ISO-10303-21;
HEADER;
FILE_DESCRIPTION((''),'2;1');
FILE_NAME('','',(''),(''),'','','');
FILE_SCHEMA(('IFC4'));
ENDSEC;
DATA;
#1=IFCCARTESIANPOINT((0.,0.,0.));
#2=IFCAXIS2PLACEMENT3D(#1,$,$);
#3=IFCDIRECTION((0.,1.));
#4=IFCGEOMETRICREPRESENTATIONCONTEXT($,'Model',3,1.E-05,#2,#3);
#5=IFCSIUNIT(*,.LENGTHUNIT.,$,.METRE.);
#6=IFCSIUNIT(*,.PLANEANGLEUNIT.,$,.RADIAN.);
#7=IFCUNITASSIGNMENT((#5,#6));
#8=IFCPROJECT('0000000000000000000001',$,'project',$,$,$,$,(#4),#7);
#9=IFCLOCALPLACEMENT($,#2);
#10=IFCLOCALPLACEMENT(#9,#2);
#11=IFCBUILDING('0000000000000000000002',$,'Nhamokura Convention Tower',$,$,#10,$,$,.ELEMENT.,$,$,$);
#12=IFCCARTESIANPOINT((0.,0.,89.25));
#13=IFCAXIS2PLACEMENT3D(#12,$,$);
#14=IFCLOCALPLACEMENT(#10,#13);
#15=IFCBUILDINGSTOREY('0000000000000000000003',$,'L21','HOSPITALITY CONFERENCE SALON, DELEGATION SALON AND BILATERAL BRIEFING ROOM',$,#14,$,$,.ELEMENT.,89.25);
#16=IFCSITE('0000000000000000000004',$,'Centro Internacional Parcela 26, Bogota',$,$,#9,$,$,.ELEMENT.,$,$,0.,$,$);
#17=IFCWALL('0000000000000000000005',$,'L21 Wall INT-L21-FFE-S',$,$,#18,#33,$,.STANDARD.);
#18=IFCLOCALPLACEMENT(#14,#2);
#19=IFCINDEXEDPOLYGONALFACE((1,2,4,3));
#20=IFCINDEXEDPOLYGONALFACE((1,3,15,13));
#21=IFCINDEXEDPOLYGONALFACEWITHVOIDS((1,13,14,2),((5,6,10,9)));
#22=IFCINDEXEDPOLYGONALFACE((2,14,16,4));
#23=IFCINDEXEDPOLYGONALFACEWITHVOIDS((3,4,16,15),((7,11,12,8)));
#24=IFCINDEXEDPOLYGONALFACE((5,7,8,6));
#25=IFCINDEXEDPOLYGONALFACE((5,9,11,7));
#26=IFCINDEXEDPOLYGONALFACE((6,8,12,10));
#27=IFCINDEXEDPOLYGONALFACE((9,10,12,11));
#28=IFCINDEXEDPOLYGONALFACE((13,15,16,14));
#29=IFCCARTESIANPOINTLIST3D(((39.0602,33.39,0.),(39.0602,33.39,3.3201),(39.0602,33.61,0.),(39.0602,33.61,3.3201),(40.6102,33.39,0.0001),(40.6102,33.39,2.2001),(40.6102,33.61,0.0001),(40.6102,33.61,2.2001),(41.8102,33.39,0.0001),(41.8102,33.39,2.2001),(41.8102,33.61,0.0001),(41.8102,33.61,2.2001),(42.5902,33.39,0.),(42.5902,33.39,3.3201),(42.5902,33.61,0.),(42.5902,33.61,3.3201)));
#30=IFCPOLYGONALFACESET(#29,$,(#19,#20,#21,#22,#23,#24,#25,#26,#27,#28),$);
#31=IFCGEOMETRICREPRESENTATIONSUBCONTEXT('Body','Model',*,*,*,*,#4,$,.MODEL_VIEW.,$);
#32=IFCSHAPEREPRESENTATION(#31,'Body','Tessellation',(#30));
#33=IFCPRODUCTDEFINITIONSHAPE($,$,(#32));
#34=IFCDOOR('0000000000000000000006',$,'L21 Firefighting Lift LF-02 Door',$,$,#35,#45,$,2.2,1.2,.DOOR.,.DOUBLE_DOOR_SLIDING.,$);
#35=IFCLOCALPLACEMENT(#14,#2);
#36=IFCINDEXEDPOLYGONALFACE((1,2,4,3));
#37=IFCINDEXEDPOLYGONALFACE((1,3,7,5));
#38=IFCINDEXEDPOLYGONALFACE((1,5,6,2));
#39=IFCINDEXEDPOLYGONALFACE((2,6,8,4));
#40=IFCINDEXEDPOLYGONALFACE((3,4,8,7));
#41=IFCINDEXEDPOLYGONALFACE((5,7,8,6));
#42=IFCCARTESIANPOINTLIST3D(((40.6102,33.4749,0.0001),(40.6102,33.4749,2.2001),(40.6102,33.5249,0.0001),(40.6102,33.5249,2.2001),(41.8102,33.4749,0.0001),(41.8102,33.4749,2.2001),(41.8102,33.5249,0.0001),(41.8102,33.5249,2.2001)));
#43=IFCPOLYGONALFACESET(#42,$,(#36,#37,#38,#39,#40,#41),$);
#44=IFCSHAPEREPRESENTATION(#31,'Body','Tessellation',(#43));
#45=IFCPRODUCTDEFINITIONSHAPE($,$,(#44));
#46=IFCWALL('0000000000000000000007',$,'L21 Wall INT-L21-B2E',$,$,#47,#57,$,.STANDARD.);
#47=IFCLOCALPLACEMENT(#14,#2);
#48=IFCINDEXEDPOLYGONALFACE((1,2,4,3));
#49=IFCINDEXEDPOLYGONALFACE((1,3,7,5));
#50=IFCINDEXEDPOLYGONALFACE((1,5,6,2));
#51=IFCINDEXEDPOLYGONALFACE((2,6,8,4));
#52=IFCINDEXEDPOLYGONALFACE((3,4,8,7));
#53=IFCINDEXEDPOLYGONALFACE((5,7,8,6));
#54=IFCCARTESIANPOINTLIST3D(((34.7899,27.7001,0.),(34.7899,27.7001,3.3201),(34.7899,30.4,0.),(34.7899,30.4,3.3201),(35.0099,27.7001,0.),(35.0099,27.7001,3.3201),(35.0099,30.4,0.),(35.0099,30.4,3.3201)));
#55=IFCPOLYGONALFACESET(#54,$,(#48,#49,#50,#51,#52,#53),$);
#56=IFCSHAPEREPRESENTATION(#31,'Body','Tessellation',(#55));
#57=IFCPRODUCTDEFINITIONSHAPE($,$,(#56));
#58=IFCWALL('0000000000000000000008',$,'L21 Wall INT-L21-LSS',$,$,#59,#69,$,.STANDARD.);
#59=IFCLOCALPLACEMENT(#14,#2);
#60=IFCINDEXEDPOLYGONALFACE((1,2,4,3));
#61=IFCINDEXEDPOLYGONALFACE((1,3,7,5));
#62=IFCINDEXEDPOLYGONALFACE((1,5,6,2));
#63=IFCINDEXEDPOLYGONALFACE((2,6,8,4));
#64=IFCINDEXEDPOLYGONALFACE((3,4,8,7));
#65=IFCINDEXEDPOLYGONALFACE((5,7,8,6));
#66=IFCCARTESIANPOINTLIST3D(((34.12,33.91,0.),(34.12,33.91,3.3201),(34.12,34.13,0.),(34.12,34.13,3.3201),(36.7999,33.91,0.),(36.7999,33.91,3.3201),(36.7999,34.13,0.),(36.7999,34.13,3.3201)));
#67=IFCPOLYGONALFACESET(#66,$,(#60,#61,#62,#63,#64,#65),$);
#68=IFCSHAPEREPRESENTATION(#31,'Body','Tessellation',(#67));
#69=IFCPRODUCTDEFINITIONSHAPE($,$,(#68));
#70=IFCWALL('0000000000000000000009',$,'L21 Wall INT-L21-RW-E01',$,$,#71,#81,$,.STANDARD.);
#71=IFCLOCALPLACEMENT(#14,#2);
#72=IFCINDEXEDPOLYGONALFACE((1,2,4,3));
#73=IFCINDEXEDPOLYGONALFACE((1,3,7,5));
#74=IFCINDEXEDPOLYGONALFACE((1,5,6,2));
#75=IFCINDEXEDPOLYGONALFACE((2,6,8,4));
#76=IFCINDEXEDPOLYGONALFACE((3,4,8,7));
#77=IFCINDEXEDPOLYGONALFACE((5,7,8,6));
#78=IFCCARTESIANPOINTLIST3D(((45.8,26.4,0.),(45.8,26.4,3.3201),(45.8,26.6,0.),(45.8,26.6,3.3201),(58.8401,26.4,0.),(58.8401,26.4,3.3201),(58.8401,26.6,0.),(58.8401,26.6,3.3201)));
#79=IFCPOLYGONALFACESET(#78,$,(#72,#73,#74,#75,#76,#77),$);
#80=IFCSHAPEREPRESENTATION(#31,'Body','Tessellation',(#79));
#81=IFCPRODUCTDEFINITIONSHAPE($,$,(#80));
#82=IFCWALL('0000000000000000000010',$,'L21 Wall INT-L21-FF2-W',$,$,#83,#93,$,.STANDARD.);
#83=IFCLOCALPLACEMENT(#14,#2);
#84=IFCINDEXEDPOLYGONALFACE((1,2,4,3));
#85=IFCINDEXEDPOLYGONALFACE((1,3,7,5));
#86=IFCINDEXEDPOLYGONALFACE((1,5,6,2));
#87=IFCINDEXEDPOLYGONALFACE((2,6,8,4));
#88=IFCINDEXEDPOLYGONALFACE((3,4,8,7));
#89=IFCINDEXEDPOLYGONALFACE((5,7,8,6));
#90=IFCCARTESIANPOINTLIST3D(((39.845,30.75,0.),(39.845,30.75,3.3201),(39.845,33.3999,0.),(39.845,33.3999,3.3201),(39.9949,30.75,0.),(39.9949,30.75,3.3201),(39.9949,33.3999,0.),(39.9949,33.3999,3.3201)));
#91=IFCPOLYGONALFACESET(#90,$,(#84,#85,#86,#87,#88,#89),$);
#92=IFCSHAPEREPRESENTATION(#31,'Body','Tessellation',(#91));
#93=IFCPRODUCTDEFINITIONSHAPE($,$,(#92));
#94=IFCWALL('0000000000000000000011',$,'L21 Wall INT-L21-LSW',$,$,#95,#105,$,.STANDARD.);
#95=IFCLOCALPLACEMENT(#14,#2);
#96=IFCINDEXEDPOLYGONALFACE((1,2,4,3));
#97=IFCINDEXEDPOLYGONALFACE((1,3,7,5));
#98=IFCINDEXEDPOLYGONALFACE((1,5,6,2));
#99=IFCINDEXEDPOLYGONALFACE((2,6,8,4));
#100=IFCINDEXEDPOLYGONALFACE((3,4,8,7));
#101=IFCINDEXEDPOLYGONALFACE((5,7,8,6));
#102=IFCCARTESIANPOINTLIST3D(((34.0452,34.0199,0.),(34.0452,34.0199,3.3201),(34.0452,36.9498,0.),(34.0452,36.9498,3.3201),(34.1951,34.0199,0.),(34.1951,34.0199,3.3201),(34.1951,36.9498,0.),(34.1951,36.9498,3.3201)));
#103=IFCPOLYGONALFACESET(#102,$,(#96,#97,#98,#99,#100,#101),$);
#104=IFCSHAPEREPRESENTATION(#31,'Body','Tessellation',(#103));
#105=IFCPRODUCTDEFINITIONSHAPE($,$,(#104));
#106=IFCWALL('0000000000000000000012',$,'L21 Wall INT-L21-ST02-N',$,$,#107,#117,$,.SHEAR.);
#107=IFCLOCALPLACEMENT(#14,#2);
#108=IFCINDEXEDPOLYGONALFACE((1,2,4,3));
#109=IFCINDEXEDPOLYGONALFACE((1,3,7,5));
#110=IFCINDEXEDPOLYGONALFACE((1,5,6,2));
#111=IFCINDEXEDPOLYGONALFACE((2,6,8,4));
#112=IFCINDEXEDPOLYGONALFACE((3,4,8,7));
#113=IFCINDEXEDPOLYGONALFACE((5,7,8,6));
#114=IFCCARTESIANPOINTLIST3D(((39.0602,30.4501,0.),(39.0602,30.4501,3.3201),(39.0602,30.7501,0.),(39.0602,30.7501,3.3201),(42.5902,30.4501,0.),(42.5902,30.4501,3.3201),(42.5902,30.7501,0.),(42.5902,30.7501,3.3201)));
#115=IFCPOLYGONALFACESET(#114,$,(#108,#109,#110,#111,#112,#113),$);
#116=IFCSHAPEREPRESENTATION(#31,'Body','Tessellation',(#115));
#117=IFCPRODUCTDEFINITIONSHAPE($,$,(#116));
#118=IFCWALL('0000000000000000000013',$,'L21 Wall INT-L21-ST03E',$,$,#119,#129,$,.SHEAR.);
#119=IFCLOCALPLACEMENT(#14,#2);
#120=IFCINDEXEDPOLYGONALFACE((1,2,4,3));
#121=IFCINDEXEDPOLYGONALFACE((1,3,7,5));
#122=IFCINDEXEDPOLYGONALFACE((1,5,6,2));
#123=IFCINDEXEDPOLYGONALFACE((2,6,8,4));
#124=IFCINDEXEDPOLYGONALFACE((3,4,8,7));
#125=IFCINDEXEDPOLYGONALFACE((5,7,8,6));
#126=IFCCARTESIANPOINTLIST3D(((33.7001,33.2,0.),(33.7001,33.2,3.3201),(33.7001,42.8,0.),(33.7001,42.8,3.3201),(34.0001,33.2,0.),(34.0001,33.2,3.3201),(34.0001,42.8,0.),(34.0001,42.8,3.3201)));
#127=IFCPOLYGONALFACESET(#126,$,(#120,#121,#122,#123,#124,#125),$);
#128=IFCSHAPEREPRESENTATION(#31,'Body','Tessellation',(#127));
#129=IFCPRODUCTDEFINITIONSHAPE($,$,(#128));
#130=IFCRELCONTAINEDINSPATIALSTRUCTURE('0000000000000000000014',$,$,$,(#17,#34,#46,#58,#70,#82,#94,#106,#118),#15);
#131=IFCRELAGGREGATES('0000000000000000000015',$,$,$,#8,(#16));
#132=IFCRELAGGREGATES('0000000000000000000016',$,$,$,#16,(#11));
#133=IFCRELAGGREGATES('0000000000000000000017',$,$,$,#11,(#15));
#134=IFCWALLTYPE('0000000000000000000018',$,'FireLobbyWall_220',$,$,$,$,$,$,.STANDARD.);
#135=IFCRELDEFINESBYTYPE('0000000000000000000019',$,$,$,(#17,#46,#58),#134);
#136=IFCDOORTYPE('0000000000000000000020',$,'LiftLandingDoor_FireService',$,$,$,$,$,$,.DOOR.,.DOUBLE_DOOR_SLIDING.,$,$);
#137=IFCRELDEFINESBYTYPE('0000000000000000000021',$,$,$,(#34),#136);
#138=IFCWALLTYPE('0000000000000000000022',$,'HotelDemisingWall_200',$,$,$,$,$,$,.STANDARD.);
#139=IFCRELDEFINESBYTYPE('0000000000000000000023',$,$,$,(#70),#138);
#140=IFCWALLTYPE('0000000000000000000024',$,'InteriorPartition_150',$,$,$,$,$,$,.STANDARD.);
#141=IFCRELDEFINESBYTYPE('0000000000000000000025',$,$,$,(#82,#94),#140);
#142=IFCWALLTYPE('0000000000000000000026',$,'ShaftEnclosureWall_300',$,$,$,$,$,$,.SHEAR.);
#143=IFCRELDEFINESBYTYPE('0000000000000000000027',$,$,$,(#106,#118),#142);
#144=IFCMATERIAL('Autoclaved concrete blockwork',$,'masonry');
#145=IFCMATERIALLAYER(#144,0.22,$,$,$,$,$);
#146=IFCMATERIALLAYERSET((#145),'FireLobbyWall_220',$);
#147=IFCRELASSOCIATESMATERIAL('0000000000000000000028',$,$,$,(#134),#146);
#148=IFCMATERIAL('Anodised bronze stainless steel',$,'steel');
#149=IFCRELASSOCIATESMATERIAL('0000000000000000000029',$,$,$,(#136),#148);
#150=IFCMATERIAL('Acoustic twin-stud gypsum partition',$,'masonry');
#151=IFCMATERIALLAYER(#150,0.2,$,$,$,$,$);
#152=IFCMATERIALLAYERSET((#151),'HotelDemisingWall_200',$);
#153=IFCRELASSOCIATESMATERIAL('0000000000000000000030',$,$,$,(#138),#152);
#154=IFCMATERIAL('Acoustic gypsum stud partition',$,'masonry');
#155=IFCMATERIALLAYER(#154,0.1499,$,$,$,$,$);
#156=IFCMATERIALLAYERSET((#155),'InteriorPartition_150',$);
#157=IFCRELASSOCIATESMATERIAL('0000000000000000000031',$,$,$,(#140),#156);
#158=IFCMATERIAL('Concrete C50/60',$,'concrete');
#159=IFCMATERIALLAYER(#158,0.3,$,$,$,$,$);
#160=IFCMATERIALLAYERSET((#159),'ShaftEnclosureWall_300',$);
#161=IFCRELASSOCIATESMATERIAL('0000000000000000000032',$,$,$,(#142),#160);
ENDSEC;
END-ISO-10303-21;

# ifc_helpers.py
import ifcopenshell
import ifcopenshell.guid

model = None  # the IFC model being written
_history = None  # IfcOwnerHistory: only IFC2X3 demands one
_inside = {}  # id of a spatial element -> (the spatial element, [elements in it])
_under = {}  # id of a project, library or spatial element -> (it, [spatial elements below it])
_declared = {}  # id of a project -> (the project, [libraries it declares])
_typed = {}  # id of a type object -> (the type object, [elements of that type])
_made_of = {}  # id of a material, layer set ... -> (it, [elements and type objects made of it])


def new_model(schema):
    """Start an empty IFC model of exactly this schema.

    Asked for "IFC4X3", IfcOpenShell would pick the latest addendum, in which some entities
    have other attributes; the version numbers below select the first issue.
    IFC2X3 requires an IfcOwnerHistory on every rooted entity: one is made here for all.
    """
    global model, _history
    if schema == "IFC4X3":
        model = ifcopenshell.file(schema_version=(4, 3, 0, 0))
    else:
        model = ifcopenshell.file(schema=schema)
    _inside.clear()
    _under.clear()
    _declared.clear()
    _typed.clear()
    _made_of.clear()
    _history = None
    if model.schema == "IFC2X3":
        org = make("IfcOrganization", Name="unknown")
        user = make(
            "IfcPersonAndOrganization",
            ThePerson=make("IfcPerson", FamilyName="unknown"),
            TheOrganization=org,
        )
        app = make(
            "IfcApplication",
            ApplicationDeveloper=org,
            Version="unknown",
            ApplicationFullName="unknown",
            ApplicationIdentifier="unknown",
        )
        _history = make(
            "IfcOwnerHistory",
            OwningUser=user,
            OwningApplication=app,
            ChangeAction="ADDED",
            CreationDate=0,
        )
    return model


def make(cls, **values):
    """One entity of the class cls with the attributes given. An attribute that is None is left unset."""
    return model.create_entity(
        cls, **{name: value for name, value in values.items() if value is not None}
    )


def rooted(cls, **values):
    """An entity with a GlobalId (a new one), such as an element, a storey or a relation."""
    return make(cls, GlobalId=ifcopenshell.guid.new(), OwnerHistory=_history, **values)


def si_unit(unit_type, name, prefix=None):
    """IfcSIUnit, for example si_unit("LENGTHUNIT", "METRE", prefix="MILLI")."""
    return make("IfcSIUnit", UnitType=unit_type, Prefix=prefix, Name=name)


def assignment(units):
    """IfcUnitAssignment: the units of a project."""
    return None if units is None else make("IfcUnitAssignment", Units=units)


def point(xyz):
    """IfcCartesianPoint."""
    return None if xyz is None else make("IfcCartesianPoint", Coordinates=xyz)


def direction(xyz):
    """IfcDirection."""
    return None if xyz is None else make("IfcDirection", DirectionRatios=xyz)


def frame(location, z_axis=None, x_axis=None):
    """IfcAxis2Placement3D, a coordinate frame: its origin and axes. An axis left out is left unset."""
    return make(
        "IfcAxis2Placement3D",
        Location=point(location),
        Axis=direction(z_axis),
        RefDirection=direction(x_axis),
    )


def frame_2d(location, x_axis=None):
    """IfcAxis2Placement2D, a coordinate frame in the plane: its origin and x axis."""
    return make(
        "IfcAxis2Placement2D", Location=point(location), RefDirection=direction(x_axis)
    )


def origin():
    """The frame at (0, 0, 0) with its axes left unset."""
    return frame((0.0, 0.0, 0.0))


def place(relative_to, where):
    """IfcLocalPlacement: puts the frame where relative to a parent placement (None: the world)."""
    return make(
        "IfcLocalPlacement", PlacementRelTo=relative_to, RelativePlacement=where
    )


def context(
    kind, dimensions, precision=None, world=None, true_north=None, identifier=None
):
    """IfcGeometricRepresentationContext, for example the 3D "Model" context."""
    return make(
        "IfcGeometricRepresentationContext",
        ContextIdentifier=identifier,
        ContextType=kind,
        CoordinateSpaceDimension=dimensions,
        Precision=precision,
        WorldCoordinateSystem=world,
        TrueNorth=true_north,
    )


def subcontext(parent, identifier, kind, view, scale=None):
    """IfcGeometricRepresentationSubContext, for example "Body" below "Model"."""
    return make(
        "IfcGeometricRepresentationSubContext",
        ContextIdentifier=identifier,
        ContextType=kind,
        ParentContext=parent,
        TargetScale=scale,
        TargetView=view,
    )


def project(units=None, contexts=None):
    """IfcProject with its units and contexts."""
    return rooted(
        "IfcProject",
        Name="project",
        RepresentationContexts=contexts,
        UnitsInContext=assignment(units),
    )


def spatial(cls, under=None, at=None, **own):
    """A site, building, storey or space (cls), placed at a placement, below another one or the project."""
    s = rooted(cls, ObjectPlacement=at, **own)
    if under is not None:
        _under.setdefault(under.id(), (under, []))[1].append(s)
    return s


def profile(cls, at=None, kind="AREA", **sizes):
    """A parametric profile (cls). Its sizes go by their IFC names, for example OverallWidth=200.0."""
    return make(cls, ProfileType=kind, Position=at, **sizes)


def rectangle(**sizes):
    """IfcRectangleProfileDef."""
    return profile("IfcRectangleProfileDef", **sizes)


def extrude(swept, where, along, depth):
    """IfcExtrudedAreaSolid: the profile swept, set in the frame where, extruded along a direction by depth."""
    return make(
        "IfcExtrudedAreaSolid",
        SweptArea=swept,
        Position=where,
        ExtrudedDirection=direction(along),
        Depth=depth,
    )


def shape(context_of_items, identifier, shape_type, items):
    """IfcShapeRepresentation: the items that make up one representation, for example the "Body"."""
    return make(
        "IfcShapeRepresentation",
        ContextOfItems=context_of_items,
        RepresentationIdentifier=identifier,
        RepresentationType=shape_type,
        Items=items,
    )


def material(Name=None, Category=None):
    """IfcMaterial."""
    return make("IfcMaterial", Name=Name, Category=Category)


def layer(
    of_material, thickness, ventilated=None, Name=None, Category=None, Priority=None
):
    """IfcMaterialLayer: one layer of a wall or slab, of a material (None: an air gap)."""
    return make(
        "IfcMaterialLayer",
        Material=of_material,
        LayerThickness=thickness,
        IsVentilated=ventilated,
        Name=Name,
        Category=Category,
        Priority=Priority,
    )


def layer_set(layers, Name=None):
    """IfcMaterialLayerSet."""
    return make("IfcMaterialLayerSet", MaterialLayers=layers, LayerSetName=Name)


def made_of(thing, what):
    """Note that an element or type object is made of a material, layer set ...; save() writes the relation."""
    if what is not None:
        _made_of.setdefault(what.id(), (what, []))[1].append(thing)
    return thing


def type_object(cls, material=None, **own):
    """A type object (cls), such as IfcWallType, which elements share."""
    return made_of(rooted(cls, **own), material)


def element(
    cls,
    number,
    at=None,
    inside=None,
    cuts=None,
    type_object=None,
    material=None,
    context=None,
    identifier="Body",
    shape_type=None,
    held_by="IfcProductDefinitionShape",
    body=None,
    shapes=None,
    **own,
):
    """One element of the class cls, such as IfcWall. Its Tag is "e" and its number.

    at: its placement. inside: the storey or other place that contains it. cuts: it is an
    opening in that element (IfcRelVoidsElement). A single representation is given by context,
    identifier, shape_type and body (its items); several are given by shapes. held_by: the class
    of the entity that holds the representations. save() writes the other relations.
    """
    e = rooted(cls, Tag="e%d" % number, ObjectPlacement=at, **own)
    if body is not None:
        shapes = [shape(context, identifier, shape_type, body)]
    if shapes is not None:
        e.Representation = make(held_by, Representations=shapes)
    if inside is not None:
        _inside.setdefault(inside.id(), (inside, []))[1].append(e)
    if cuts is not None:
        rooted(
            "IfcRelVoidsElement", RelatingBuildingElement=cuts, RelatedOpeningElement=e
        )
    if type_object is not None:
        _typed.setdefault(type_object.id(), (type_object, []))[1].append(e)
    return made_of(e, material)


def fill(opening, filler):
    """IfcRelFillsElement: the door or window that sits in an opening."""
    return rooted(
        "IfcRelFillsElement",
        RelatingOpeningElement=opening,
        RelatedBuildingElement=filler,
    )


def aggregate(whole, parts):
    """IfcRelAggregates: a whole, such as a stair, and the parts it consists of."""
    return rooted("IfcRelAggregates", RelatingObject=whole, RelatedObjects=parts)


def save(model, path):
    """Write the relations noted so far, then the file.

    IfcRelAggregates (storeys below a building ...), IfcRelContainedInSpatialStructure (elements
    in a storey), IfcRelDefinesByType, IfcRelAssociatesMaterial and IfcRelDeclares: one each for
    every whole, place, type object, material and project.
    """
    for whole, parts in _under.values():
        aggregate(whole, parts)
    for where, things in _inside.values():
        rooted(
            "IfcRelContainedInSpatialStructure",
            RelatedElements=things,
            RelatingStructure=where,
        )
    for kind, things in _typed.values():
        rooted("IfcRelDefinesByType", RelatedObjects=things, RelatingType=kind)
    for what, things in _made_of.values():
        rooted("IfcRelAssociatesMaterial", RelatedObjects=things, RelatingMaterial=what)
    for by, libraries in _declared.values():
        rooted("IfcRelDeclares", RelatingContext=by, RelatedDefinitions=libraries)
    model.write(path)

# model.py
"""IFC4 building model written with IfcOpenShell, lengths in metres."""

from ifc_helpers import new_model, si_unit, direction, frame, frame_2d, origin, place, context, subcontext, project, spatial, rectangle, extrude, material, layer, layer_set, type_object, element, fill, save


model = new_model("IFC4")

# Units and contexts
model_context = context("Model", 3, precision=1e-05, world=origin(), true_north=direction((0.0, 1.0)))
body_context = subcontext(model_context, "Body", "Model", "MODEL_VIEW")
ifc_project = project(units=[si_unit("LENGTHUNIT", "METRE"), si_unit("PLANEANGLEUNIT", "RADIAN")], contexts=[model_context])

# Site, building, storey
site_placement = place(None, origin())
site = spatial("IfcSite", under=ifc_project, at=site_placement, Name="Centro Internacional Parcela 26, Bogota", CompositionType="ELEMENT", RefElevation=0.0)
building_placement = place(site_placement, origin())
building = spatial("IfcBuilding", under=site, at=building_placement, Name="Nhamokura Convention Tower", CompositionType="ELEMENT")
storey_placement = place(building_placement, frame((0.0, 0.0, 89.25)))
storey = spatial("IfcBuildingStorey", under=building, at=storey_placement, Name="L21", Description="HOSPITALITY CONFERENCE SALON, DELEGATION SALON AND BILATERAL BRIEFING ROOM", CompositionType="ELEMENT", Elevation=89.25)

# Wall, opening, door
ifc_material_1 = material(Name="Autoclaved concrete blockwork", Category="masonry")
ifc_layer_1 = layer(ifc_material_1, 0.22)
ifc_layer_set_1 = layer_set([ifc_layer_1], Name="FireLobbyWall_220")
wall_type_1 = type_object("IfcWallType", Name="FireLobbyWall_220", PredefinedType="STANDARD", material=ifc_layer_set_1)
wall_1_placement = place(storey_placement, frame((39.0601, 33.5, 0.0), z_axis=(0.0, 0.0, 1.0), x_axis=(1.0, 0.0, 0.0)))
wall_1 = element("IfcWall", 1, at=wall_1_placement, inside=storey, type_object=wall_type_1, Name="L21 Wall INT-L21-FFE-S", PredefinedType="STANDARD", context=body_context, shape_type="SweptSolid", body=[
    extrude(rectangle(XDim=3.53, YDim=0.22, at=frame_2d((1.7651, 0.0))), origin(), (0.0, 0.0, 1.0), 3.3201),
])
opening_1_placement = place(wall_1_placement, frame((1.55, 0.0, 0.0)))
opening_1 = element("IfcOpeningElement", 2, at=opening_1_placement, cuts=wall_1, PredefinedType="OPENING", context=body_context, shape_type="SweptSolid", body=[
    extrude(rectangle(XDim=1.2, YDim=2.2, at=frame_2d((0.6001, 1.1001))), frame((0.0, 0.1199, 0.0), z_axis=(0.0, -1.0, 0.0), x_axis=(1.0, 0.0, 0.0)), (0.0, 0.0, 1.0), 0.24),
])
ifc_material_2 = material(Name="Anodised bronze stainless steel", Category="steel")
door_type_1 = type_object("IfcDoorType", Name="LiftLandingDoor_FireService", OperationType="DOUBLE_DOOR_SLIDING", PredefinedType="DOOR", material=ifc_material_2)
door_1_placement = place(opening_1_placement, origin())
door_1 = element("IfcDoor", 3, at=door_1_placement, inside=storey, type_object=door_type_1, Name="L21 Firefighting Lift LF-02 Door", OperationType="DOUBLE_DOOR_SLIDING", OverallHeight=2.2, OverallWidth=1.2, PredefinedType="DOOR", context=body_context, shape_type="SweptSolid", body=[
    extrude(rectangle(XDim=1.2, YDim=2.2, at=frame_2d((0.6001, 1.1001))), frame((0.0, 0.0249, 0.0), z_axis=(0.0, -1.0, 0.0), x_axis=(1.0, 0.0, 0.0)), (0.0, 0.0, 1.0), 0.05),
])
fill(opening_1, door_1)

# Walls
wall_2_placement = place(storey_placement, frame((34.8999, 27.7, 0.0), z_axis=(0.0, 0.0, 1.0), x_axis=(0.0, 1.0, 0.0)))
element("IfcWall", 4, at=wall_2_placement, inside=storey, type_object=wall_type_1, Name="L21 Wall INT-L21-B2E", PredefinedType="STANDARD", context=body_context, shape_type="SweptSolid", body=[
    extrude(rectangle(XDim=2.7, YDim=0.22, at=frame_2d((1.3501, 0.0))), origin(), (0.0, 0.0, 1.0), 3.3201),
])
wall_3_placement = place(storey_placement, frame((34.1201, 34.02, 0.0), z_axis=(0.0, 0.0, 1.0), x_axis=(1.0, 0.0, 0.0)))
element("IfcWall", 5, at=wall_3_placement, inside=storey, type_object=wall_type_1, Name="L21 Wall INT-L21-LSS", PredefinedType="STANDARD", context=body_context, shape_type="SweptSolid", body=[
    extrude(rectangle(XDim=2.6799, YDim=0.22, at=frame_2d((1.3398, 0.0))), origin(), (0.0, 0.0, 1.0), 3.3201),
])
ifc_material_3 = material(Name="Acoustic twin-stud gypsum partition", Category="masonry")
ifc_layer_2 = layer(ifc_material_3, 0.2)
ifc_layer_set_2 = layer_set([ifc_layer_2], Name="HotelDemisingWall_200")
wall_type_2 = type_object("IfcWallType", Name="HotelDemisingWall_200", PredefinedType="STANDARD", material=ifc_layer_set_2)
wall_4_placement = place(storey_placement, frame((45.8, 26.5, 0.0), z_axis=(0.0, 0.0, 1.0), x_axis=(1.0, 0.0, 0.0)))
element("IfcWall", 6, at=wall_4_placement, inside=storey, type_object=wall_type_2, Name="L21 Wall INT-L21-RW-E01", PredefinedType="STANDARD", context=body_context, shape_type="SweptSolid", body=[
    extrude(rectangle(XDim=13.04, YDim=0.2, at=frame_2d((6.52, 0.0))), origin(), (0.0, 0.0, 1.0), 3.3201),
])
ifc_material_4 = material(Name="Acoustic gypsum stud partition", Category="masonry")
ifc_layer_3 = layer(ifc_material_4, 0.1499)
ifc_layer_set_3 = layer_set([ifc_layer_3], Name="InteriorPartition_150")
wall_type_3 = type_object("IfcWallType", Name="InteriorPartition_150", PredefinedType="STANDARD", material=ifc_layer_set_3)
wall_5_placement = place(storey_placement, frame((39.9199, 30.75, 0.0), z_axis=(0.0, 0.0, 1.0), x_axis=(0.0, 1.0, 0.0)))
element("IfcWall", 7, at=wall_5_placement, inside=storey, type_object=wall_type_3, Name="L21 Wall INT-L21-FF2-W", PredefinedType="STANDARD", context=body_context, shape_type="SweptSolid", body=[
    extrude(rectangle(XDim=2.6499, YDim=0.1499, at=frame_2d((1.325, 0.0))), origin(), (0.0, 0.0, 1.0), 3.3201),
])
wall_6_placement = place(storey_placement, frame((34.1201, 34.02, 0.0), z_axis=(0.0, 0.0, 1.0), x_axis=(0.0, 1.0, 0.0)))
element("IfcWall", 8, at=wall_6_placement, inside=storey, type_object=wall_type_3, Name="L21 Wall INT-L21-LSW", PredefinedType="STANDARD", context=body_context, shape_type="SweptSolid", body=[
    extrude(rectangle(XDim=2.9299, YDim=0.1499, at=frame_2d((1.4648, 0.0))), origin(), (0.0, 0.0, 1.0), 3.3201),
])
ifc_material_5 = material(Name="Concrete C50/60", Category="concrete")
ifc_layer_4 = layer(ifc_material_5, 0.3)
ifc_layer_set_4 = layer_set([ifc_layer_4], Name="ShaftEnclosureWall_300")
wall_type_4 = type_object("IfcWallType", Name="ShaftEnclosureWall_300", PredefinedType="SHEAR", material=ifc_layer_set_4)
wall_7_placement = place(storey_placement, frame((39.0601, 30.6001, 0.0), z_axis=(0.0, 0.0, 1.0), x_axis=(1.0, 0.0, 0.0)))
element("IfcWall", 9, at=wall_7_placement, inside=storey, type_object=wall_type_4, Name="L21 Wall INT-L21-ST02-N", PredefinedType="SHEAR", context=body_context, shape_type="SweptSolid", body=[
    extrude(rectangle(XDim=3.53, YDim=0.3, at=frame_2d((1.7651, 0.0))), origin(), (0.0, 0.0, 1.0), 3.3201),
])
wall_8_placement = place(storey_placement, frame((33.8501, 33.2, 0.0), z_axis=(0.0, 0.0, 1.0), x_axis=(0.0, 1.0, 0.0)))
element("IfcWall", 10, at=wall_8_placement, inside=storey, type_object=wall_type_4, Name="L21 Wall INT-L21-ST03E", PredefinedType="SHEAR", context=body_context, shape_type="SweptSolid", body=[
    extrude(rectangle(XDim=9.6001, YDim=0.3, at=frame_2d((4.8, 0.0))), origin(), (0.0, 0.0, 1.0), 3.3201),
])

save(model, "model.ifc")
